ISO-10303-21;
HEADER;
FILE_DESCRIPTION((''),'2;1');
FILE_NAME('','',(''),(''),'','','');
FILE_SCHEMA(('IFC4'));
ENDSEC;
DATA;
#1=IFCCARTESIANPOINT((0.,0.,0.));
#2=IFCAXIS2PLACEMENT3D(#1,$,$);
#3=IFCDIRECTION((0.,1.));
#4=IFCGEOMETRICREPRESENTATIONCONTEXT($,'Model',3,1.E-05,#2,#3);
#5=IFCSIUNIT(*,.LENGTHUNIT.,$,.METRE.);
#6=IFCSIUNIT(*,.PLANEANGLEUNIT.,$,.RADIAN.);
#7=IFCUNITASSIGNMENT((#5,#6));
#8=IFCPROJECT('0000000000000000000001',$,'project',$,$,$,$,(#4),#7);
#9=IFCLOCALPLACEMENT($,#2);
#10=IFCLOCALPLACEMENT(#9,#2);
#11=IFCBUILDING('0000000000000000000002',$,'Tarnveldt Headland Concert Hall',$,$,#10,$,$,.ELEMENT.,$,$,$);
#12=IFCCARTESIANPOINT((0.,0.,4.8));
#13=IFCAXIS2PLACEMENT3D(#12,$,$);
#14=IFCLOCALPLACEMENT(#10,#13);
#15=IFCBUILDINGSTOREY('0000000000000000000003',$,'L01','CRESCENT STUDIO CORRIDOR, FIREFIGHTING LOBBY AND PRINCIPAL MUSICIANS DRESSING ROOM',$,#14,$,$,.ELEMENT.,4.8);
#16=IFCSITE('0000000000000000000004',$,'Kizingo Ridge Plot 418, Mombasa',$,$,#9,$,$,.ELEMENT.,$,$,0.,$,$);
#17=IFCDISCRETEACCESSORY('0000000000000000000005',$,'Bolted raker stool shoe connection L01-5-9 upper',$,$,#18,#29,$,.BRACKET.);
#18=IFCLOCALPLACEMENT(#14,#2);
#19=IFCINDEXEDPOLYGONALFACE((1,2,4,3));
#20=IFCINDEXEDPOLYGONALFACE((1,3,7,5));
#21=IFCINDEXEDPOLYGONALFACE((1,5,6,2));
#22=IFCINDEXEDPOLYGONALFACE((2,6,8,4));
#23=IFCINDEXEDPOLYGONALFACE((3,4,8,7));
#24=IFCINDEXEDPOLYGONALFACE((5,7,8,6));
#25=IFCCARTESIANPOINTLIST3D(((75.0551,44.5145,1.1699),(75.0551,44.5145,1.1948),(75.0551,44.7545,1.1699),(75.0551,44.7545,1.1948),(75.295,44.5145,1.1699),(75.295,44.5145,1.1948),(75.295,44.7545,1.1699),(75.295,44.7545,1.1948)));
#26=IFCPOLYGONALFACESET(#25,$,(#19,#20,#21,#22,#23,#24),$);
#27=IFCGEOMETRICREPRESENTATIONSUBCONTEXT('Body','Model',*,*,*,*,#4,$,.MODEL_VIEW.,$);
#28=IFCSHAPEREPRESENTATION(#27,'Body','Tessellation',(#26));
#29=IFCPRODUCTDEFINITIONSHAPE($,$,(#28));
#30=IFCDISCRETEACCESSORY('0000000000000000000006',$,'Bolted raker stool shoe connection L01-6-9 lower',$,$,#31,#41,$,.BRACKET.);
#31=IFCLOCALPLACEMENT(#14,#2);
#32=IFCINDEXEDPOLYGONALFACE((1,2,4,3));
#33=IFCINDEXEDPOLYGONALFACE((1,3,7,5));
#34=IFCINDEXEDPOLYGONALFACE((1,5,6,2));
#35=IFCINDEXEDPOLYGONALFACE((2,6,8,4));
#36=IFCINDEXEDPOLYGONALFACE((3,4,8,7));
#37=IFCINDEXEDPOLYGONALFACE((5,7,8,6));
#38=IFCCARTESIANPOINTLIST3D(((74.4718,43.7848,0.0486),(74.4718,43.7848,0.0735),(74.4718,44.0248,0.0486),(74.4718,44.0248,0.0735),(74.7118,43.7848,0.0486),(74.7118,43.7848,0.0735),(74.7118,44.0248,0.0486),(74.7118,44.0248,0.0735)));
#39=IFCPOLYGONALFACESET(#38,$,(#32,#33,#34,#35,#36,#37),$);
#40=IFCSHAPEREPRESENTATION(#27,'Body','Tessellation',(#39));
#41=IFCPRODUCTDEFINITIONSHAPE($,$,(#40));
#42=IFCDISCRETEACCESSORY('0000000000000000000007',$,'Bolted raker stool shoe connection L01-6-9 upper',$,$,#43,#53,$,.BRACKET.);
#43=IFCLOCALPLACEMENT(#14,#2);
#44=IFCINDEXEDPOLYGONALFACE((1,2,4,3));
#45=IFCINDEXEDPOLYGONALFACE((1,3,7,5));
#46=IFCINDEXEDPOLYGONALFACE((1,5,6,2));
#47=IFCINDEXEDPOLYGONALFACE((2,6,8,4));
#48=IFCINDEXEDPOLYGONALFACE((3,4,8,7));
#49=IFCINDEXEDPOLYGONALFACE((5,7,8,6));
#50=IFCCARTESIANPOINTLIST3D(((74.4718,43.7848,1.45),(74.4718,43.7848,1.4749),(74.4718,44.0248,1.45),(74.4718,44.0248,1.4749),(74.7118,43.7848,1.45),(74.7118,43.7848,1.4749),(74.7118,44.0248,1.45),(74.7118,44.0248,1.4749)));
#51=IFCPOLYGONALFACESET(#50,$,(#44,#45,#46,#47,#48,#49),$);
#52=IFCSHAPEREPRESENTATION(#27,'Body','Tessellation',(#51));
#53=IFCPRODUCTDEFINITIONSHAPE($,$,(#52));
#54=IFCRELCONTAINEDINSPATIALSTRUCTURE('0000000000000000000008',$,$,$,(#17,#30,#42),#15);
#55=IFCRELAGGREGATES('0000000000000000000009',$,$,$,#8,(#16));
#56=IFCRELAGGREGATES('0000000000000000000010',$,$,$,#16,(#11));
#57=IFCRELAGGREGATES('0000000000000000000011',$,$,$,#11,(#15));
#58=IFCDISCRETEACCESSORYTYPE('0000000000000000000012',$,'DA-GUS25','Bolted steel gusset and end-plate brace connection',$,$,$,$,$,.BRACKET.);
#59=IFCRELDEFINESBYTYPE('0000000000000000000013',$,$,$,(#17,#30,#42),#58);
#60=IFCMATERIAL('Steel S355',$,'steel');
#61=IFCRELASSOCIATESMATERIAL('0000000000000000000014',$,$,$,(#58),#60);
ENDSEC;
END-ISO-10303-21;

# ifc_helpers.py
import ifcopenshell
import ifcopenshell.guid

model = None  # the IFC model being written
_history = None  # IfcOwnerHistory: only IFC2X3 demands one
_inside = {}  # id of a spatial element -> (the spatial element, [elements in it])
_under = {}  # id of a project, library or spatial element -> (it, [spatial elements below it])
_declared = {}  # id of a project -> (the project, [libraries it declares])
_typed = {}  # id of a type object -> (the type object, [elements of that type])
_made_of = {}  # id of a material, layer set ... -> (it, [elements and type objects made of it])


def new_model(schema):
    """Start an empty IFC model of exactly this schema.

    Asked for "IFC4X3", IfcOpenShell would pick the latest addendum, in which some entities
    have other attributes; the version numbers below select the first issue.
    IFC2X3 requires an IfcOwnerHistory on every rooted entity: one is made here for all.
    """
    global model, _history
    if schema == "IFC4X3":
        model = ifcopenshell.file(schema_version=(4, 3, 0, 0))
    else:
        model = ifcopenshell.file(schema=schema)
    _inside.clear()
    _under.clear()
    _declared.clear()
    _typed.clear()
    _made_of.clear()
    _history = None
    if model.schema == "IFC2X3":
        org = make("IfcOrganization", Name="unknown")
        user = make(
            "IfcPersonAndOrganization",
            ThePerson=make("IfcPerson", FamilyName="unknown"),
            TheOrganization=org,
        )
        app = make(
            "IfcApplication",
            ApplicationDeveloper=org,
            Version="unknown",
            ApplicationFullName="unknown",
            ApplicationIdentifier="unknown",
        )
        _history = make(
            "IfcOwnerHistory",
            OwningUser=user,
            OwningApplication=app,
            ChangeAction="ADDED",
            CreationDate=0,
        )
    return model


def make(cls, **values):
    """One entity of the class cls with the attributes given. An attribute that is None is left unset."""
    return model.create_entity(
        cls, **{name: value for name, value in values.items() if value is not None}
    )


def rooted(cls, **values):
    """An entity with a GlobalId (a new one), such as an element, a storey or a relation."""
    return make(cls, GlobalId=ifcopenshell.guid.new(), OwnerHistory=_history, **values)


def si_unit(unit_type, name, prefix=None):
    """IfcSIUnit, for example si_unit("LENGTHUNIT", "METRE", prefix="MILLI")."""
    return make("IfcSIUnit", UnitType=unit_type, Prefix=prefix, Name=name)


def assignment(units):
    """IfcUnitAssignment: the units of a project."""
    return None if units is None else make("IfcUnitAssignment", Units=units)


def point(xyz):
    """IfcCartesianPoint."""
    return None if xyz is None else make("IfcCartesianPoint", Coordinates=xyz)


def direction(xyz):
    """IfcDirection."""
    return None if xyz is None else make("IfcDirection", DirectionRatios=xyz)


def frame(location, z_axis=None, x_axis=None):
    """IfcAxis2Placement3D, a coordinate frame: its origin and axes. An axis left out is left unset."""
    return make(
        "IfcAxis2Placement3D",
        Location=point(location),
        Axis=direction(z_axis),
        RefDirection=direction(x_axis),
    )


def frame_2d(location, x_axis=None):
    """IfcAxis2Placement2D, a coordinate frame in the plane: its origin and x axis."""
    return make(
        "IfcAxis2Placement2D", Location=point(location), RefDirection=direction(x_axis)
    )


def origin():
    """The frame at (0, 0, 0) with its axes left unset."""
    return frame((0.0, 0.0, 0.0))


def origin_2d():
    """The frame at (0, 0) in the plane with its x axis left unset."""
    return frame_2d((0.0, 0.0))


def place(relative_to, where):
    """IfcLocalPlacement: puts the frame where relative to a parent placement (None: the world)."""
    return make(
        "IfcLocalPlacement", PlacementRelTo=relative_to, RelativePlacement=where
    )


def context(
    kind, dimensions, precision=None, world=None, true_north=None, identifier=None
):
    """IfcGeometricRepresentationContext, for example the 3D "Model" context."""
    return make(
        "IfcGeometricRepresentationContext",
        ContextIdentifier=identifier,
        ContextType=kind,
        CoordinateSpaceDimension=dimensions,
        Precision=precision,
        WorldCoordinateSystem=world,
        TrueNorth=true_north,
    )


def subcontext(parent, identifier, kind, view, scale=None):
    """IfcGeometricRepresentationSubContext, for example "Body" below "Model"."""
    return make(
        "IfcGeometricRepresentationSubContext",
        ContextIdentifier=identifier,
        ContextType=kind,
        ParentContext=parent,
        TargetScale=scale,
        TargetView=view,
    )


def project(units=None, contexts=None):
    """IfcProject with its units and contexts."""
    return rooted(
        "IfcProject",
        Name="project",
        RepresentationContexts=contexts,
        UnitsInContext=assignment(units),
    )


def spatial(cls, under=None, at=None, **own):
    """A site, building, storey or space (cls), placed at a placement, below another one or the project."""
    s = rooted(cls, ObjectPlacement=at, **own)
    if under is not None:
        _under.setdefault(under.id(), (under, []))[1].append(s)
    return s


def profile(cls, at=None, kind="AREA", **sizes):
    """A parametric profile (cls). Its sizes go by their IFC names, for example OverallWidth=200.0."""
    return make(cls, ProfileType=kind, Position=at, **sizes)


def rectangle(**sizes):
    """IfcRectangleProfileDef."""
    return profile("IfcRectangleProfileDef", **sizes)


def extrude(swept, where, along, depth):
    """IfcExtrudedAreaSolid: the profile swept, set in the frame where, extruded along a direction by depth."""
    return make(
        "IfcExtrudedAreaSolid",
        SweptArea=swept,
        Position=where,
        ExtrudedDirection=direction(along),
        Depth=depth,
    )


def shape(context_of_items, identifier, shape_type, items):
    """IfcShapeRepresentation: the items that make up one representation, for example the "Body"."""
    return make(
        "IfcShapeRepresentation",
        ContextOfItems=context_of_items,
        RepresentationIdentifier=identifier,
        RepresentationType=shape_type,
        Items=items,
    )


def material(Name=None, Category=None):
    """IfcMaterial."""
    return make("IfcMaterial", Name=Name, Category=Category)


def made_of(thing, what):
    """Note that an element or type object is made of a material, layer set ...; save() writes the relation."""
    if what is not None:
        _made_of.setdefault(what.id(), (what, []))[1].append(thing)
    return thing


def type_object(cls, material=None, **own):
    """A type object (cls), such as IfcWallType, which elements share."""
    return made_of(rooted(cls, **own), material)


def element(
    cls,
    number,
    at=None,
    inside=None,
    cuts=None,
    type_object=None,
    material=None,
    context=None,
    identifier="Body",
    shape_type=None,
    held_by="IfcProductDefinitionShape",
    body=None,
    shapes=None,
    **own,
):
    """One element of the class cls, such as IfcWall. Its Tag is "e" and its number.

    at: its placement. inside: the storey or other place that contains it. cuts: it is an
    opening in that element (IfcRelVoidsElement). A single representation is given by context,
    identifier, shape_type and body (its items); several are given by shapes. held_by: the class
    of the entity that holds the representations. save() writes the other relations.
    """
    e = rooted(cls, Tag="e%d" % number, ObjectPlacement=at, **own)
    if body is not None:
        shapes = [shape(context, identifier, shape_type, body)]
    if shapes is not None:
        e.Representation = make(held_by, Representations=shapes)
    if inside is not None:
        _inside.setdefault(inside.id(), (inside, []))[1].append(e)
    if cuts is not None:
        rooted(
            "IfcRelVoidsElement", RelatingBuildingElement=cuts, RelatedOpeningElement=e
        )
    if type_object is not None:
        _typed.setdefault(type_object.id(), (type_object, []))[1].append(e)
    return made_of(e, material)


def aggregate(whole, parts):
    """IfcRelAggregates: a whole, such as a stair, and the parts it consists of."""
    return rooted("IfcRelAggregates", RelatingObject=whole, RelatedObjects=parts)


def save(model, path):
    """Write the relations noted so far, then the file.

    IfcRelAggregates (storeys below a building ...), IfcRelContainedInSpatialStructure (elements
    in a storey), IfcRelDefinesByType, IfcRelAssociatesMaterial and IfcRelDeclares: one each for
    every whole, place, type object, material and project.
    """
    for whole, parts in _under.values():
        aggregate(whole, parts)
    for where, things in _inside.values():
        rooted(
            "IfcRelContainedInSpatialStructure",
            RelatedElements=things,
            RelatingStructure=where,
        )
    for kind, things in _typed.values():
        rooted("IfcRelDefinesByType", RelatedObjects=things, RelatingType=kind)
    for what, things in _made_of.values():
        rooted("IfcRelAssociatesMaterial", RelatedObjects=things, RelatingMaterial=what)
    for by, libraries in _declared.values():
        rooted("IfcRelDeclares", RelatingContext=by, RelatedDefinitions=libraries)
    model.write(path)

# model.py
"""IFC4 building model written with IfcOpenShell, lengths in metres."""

from ifc_helpers import new_model, si_unit, direction, frame, origin, origin_2d, place, context, subcontext, project, spatial, rectangle, extrude, material, type_object, element, save


model = new_model("IFC4")

# Units and contexts
model_context = context("Model", 3, precision=1e-05, world=origin(), true_north=direction((0.0, 1.0)))
body_context = subcontext(model_context, "Body", "Model", "MODEL_VIEW")
ifc_project = project(units=[si_unit("LENGTHUNIT", "METRE"), si_unit("PLANEANGLEUNIT", "RADIAN")], contexts=[model_context])

# Site, building, storey
site_placement = place(None, origin())
site = spatial("IfcSite", under=ifc_project, at=site_placement, Name="Kizingo Ridge Plot 418, Mombasa", CompositionType="ELEMENT", RefElevation=0.0)
building_placement = place(site_placement, origin())
building = spatial("IfcBuilding", under=site, at=building_placement, Name="Tarnveldt Headland Concert Hall", CompositionType="ELEMENT")
storey_placement = place(building_placement, frame((0.0, 0.0, 4.8)))
storey = spatial("IfcBuildingStorey", under=building, at=storey_placement, Name="L01", Description="CRESCENT STUDIO CORRIDOR, FIREFIGHTING LOBBY AND PRINCIPAL MUSICIANS DRESSING ROOM", CompositionType="ELEMENT", Elevation=4.8)

# Shared definitions
ifc_material_1 = material(Name="Steel S355", Category="steel")

# Discrete accessories
discrete_accessory_type = type_object("IfcDiscreteAccessoryType", Name="DA-GUS25", Description="Bolted steel gusset and end-plate brace connection", PredefinedType="BRACKET", material=ifc_material_1)
for number, where, z_axis, x_axis, name in (
    (1, (75.175, 44.6345, 1.1699), (0.0, 0.0, 1.0), (1.0, 0.0, 0.0), "Bolted raker stool shoe connection L01-5-9 upper"),
    (2, (74.5918, 43.9048, 0.0486), (0.0, 0.0, 1.0), (1.0, 0.0, 0.0), "Bolted raker stool shoe connection L01-6-9 lower"),
    (3, (74.5918, 43.9048, 1.45), (0.0, 0.0, 1.0), (1.0, 0.0, 0.0), "Bolted raker stool shoe connection L01-6-9 upper"),
):
    element("IfcDiscreteAccessory", number, at=place(storey_placement, frame(where, z_axis=z_axis, x_axis=x_axis)), inside=storey, type_object=discrete_accessory_type, Name=name, PredefinedType="BRACKET", context=body_context, shape_type="SweptSolid", body=[
        extrude(rectangle(XDim=0.24, YDim=0.24, at=origin_2d()), origin(), (0.0, 0.0, 1.0), 0.0249),
    ])

save(model, "model.ifc")
